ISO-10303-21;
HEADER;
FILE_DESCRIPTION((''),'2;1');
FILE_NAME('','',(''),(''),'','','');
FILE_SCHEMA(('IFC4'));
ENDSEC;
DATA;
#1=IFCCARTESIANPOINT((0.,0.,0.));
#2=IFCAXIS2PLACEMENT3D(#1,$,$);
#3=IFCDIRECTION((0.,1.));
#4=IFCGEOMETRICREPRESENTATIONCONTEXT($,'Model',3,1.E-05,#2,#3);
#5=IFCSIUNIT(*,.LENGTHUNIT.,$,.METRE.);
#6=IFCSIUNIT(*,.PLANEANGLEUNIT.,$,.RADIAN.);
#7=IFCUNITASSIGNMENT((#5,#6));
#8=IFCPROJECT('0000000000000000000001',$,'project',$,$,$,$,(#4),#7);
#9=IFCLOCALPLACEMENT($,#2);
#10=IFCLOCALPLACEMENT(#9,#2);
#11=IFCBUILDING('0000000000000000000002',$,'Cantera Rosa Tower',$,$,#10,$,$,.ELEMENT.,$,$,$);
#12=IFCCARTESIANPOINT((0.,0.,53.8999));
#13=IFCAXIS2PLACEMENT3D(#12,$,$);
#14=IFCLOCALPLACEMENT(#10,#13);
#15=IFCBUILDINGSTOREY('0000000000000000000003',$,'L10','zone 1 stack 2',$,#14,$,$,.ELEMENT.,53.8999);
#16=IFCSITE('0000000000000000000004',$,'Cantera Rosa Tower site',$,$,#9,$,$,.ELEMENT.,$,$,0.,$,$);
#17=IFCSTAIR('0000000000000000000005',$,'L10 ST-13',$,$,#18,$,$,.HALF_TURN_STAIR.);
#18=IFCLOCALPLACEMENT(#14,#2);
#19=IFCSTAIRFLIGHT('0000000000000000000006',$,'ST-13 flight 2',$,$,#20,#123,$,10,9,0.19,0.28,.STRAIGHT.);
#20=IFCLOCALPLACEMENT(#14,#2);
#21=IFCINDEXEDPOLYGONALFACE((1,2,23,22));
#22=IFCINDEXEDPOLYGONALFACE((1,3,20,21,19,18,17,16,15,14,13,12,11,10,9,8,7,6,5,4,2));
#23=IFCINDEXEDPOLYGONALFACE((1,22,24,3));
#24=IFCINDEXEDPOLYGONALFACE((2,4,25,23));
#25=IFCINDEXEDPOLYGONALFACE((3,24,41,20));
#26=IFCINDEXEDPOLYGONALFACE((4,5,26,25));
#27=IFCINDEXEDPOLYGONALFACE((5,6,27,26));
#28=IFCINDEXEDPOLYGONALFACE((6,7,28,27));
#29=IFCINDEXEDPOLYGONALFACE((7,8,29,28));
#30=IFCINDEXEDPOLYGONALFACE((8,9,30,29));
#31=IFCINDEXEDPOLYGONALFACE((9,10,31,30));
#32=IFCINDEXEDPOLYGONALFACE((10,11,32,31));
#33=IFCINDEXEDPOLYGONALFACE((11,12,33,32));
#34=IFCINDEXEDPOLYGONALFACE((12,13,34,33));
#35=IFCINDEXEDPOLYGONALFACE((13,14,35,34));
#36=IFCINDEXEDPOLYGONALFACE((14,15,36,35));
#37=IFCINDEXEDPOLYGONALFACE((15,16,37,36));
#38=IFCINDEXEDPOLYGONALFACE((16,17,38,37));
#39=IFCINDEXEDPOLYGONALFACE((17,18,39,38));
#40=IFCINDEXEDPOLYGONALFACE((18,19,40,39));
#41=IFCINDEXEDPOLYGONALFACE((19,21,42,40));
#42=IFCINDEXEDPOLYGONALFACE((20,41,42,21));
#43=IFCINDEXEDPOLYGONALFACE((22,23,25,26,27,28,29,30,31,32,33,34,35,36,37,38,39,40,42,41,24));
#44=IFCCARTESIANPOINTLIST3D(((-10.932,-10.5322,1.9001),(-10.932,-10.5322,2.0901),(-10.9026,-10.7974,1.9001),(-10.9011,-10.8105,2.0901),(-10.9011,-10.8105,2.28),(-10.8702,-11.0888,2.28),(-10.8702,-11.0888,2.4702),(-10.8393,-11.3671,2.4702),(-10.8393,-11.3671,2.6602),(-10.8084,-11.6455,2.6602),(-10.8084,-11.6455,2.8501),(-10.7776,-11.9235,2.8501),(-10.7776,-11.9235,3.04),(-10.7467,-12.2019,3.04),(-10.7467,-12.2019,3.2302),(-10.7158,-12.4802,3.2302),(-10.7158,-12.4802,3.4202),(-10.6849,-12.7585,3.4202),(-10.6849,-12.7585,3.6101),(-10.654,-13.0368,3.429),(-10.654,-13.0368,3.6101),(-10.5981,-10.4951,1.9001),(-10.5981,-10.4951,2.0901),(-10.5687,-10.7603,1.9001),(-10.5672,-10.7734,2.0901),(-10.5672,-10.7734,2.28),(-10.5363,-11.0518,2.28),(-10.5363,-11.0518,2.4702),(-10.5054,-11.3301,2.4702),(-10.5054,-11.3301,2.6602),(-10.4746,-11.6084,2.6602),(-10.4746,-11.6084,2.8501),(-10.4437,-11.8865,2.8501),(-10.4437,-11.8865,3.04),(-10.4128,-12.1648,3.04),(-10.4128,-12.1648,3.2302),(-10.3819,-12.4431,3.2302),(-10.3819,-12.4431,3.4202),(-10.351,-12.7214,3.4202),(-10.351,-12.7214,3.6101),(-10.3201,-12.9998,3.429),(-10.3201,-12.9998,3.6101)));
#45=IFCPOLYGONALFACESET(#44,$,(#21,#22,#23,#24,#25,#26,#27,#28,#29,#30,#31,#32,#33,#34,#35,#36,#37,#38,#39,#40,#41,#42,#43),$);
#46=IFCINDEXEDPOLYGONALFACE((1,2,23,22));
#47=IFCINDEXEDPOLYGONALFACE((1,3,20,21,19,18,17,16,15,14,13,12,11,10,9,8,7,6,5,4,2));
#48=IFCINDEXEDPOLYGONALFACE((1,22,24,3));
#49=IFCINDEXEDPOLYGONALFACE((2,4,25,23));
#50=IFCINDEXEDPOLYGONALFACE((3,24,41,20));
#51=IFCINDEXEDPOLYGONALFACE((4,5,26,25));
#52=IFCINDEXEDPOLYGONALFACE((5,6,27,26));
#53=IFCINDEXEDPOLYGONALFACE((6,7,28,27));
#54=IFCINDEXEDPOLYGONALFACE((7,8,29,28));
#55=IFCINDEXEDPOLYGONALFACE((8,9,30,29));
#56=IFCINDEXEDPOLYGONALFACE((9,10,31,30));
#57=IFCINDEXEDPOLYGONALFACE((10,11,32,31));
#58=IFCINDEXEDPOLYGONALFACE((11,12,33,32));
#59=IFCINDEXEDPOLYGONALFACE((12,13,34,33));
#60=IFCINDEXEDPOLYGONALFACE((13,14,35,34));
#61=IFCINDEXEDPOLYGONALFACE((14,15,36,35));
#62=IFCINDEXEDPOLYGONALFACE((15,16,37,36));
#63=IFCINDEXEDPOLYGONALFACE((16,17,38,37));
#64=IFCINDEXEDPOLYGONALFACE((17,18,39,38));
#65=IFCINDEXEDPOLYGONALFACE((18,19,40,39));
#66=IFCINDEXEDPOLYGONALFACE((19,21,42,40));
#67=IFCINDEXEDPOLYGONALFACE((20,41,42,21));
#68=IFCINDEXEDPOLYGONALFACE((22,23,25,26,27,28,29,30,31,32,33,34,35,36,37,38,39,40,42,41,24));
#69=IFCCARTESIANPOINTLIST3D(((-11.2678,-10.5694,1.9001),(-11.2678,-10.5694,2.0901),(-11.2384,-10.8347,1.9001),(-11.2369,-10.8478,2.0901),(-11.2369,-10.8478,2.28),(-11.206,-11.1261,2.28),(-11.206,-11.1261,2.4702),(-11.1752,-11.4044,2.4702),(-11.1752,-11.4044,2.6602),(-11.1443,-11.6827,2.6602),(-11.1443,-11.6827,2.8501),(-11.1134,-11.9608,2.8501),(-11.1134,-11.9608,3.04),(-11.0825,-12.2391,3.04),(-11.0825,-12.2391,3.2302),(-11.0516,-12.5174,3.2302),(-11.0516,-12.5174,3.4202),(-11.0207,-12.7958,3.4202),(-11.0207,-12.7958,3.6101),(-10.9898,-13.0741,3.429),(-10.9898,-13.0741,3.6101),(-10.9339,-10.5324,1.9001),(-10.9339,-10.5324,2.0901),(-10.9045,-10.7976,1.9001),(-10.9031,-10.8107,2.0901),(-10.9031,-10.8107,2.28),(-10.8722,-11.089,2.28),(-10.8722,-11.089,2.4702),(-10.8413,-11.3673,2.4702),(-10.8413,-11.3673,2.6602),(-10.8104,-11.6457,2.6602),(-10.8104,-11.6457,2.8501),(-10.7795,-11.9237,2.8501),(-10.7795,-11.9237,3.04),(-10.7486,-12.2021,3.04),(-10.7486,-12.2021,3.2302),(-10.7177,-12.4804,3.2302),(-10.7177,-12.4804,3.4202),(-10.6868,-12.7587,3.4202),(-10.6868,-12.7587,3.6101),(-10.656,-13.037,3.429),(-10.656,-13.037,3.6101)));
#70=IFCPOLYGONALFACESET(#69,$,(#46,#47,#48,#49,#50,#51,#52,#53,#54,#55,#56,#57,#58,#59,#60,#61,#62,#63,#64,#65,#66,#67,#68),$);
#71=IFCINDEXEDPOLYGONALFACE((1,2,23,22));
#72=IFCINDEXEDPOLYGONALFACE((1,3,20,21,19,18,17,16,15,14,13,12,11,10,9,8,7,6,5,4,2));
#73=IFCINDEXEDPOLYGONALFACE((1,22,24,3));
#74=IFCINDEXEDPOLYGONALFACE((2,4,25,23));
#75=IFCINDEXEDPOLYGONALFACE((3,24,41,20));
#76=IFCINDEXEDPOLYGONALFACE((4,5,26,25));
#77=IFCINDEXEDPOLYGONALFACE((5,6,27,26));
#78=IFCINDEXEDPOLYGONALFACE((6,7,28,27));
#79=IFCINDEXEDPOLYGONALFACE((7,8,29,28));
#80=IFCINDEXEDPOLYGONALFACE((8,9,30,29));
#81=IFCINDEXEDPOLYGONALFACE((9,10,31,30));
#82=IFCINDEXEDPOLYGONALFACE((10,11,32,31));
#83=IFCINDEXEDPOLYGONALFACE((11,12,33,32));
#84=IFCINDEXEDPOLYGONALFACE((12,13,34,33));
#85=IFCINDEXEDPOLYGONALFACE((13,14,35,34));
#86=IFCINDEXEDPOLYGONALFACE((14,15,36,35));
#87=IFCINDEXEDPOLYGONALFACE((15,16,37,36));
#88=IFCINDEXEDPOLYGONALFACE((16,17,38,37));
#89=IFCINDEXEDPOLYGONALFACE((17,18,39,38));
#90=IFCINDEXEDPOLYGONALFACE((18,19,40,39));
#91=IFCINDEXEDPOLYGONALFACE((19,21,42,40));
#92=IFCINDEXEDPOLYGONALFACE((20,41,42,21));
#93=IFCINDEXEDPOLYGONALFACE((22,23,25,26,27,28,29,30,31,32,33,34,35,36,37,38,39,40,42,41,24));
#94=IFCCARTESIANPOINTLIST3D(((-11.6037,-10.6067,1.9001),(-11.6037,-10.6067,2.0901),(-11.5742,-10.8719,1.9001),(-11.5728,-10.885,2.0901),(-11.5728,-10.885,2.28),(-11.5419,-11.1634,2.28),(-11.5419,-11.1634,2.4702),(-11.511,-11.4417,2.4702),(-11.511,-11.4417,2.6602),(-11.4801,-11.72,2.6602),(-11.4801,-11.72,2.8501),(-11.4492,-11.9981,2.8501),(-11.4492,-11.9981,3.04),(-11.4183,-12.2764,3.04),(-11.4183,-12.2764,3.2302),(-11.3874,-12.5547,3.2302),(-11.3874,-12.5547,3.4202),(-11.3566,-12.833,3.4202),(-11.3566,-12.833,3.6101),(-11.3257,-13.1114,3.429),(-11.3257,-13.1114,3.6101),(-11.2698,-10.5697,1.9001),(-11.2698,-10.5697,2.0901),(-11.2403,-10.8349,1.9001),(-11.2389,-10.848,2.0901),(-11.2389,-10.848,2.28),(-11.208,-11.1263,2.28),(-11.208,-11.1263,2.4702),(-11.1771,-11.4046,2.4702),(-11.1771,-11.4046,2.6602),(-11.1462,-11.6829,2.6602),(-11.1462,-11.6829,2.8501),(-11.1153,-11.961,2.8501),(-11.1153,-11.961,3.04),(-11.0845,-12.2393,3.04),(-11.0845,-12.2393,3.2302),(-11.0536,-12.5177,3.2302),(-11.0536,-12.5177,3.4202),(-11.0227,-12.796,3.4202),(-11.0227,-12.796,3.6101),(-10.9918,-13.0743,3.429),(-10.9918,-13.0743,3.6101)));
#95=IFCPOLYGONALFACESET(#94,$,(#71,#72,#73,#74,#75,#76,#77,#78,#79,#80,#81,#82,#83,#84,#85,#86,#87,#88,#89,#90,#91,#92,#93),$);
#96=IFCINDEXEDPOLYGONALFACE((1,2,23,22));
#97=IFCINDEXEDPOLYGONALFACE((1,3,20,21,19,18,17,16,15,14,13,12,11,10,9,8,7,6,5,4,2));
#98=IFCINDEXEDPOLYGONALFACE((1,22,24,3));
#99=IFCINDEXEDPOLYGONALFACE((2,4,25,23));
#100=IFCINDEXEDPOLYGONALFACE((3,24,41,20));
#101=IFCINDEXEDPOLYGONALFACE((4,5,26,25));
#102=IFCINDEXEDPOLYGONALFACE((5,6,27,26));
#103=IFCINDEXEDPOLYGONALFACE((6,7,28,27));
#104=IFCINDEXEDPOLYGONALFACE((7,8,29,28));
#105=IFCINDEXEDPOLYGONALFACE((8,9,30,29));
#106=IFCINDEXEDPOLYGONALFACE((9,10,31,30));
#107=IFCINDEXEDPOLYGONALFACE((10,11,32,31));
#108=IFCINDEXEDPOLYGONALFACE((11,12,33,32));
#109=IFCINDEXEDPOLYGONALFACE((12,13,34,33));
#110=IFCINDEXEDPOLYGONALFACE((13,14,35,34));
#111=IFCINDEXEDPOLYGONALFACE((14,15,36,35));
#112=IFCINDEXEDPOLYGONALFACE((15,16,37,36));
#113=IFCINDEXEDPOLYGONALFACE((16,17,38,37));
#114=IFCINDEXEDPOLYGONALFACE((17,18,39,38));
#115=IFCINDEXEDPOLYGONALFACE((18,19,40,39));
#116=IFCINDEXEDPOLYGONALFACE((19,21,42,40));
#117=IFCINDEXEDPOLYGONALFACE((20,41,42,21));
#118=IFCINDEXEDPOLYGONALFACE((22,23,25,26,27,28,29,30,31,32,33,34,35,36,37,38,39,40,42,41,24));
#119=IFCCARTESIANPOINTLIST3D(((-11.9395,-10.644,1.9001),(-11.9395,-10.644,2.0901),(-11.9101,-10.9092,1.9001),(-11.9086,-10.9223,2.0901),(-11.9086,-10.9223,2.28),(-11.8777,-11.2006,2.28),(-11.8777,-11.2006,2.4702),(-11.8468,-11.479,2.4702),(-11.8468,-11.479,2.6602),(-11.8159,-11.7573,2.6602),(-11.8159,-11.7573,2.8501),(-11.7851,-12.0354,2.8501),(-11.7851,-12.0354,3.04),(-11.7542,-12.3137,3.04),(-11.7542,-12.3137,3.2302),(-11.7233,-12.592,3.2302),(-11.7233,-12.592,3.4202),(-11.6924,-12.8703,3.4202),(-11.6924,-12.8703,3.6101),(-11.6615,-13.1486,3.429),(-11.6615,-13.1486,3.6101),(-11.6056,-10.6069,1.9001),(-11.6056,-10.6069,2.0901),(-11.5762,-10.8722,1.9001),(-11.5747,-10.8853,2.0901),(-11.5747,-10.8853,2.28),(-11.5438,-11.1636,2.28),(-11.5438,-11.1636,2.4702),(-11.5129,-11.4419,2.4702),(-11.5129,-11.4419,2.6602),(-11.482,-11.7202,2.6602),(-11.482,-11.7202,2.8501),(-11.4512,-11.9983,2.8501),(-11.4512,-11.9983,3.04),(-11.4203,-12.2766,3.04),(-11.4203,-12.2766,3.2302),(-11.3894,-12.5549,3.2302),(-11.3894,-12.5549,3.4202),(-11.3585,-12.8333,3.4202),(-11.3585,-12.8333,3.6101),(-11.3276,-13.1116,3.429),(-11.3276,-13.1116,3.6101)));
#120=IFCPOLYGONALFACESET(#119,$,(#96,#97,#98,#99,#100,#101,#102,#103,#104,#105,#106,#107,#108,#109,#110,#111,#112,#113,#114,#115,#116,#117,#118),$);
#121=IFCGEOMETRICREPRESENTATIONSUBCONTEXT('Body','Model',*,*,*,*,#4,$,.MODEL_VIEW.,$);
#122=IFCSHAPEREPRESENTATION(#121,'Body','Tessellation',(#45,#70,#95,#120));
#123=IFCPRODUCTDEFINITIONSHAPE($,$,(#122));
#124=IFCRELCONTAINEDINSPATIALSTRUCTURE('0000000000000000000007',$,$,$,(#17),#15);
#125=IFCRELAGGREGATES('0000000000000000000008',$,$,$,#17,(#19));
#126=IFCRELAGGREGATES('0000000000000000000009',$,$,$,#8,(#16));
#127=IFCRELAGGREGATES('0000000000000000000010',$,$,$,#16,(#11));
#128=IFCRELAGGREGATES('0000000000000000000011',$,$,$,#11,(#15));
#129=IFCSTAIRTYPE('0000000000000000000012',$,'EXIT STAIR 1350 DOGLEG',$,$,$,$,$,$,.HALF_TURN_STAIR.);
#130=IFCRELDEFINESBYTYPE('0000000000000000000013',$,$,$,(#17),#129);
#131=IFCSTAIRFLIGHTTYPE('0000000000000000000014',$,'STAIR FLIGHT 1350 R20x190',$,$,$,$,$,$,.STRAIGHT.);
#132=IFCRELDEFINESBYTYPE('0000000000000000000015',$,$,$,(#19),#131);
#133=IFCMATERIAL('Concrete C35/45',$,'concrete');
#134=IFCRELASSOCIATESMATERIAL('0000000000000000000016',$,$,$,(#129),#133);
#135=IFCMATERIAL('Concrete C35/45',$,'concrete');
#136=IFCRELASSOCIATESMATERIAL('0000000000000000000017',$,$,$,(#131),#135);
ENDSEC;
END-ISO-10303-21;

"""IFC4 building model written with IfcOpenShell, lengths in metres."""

from ifc_helpers import new_model, si_unit, direction, frame, origin, place, context, subcontext, project, spatial, polyline, outline, extrude, material, type_object, element, aggregate, save


model = new_model("IFC4")

# Units and contexts
model_context = context("Model", 3, precision=1e-05, world=origin(), true_north=direction((0.0, 1.0)))
body_context = subcontext(model_context, "Body", "Model", "MODEL_VIEW")
ifc_project = project(units=[si_unit("LENGTHUNIT", "METRE"), si_unit("PLANEANGLEUNIT", "RADIAN")], contexts=[model_context])

# Site, building, storey
site_placement = place(None, origin())
site = spatial("IfcSite", under=ifc_project, at=site_placement, Name="Cantera Rosa Tower site", CompositionType="ELEMENT", RefElevation=0.0)
building_placement = place(site_placement, origin())
building = spatial("IfcBuilding", under=site, at=building_placement, Name="Cantera Rosa Tower", CompositionType="ELEMENT")
storey_placement = place(building_placement, frame((0.0, 0.0, 53.8999)))
storey = spatial("IfcBuildingStorey", under=building, at=storey_placement, Name="L10", Description="zone 1 stack 2", CompositionType="ELEMENT", Elevation=53.8999)

# Stair, stair flight
ifc_material_1 = material(Name="Concrete C35/45", Category="concrete")
stair_type = type_object("IfcStairType", Name="EXIT STAIR 1350 DOGLEG", PredefinedType="HALF_TURN_STAIR", material=ifc_material_1)
stair_placement = place(storey_placement, origin())
stair = element("IfcStair", 1, at=stair_placement, inside=storey, type_object=stair_type, Name="L10 ST-13", PredefinedType="HALF_TURN_STAIR")
ifc_material_2 = material(Name="Concrete C35/45", Category="concrete")
stair_flight_type = type_object("IfcStairFlightType", Name="STAIR FLIGHT 1350 R20x190", PredefinedType="STRAIGHT", material=ifc_material_2)
stair_flight_1_placement = place(storey_placement, frame((-11.269, -10.5696, 1.9001), z_axis=(0.0, 0.0, 1.0), x_axis=(0.110313, -0.993897, 0.0)))
stair_flight_1 = element("IfcStairFlight", 2, at=stair_flight_1_placement, type_object=stair_flight_type, Name="ST-13 flight 2", NumberOfRisers=10, NumberOfTreads=9, PredefinedType="STRAIGHT", RiserHeight=0.19, TreadLength=0.28, context=body_context, shape_type="SweptSolid", body=[
    extrude(outline(polyline([(0.0, 0.0), (0.0, 0.1899), (0.28, 0.1899), (0.28, 0.3799), (0.5601, 0.3799), (0.5601, 0.5701), (0.8401, 0.5701), (0.8401, 0.76), (1.1201, 0.76), (1.1201, 0.95), (1.3999, 0.95), (1.3999, 1.1399), (1.6799, 1.1399), (1.6799, 1.3301), (1.96, 1.3301), (1.96, 1.52), (2.24, 1.52), (2.24, 1.71), (2.52, 1.71), (2.52, 1.8999), (2.52, 1.5288), (0.2668, 0.0), (0.0, 0.0)])), frame((0.0, 0.675, 0.0), z_axis=(0.0, -1.0, 0.0), x_axis=(1.0, 0.0, 0.0)), (0.0, 0.0, 1.0), 0.3359),
    extrude(outline(polyline([(0.0, 0.0), (0.0, 0.1899), (0.28, 0.1899), (0.28, 0.3799), (0.5601, 0.3799), (0.5601, 0.5701), (0.8401, 0.5701), (0.8401, 0.76), (1.1201, 0.76), (1.1201, 0.95), (1.3999, 0.95), (1.3999, 1.1399), (1.6799, 1.1399), (1.6799, 1.3301), (1.96, 1.3301), (1.96, 1.52), (2.24, 1.52), (2.24, 1.71), (2.52, 1.71), (2.52, 1.8999), (2.52, 1.5288), (0.2668, 0.0), (0.0, 0.0)])), frame((0.0, 0.3372, 0.0), z_axis=(0.0, -1.0, 0.0), x_axis=(1.0, 0.0, 0.0)), (0.0, 0.0, 1.0), 0.3359),
    extrude(outline(polyline([(0.0, 0.0), (0.0, 0.1899), (0.28, 0.1899), (0.28, 0.3799), (0.5601, 0.3799), (0.5601, 0.5701), (0.8401, 0.5701), (0.8401, 0.76), (1.1201, 0.76), (1.1201, 0.95), (1.3999, 0.95), (1.3999, 1.1399), (1.6799, 1.1399), (1.6799, 1.3301), (1.96, 1.3301), (1.96, 1.52), (2.24, 1.52), (2.24, 1.71), (2.52, 1.71), (2.52, 1.8999), (2.52, 1.5288), (0.2668, 0.0), (0.0, 0.0)])), frame((0.0, -0.0007, 0.0), z_axis=(0.0, -1.0, 0.0), x_axis=(1.0, 0.0, 0.0)), (0.0, 0.0, 1.0), 0.3359),
    extrude(outline(polyline([(0.0, 0.0), (0.0, 0.1899), (0.28, 0.1899), (0.28, 0.3799), (0.5601, 0.3799), (0.5601, 0.5701), (0.8401, 0.5701), (0.8401, 0.76), (1.1201, 0.76), (1.1201, 0.95), (1.3999, 0.95), (1.3999, 1.1399), (1.6799, 1.1399), (1.6799, 1.3301), (1.96, 1.3301), (1.96, 1.52), (2.24, 1.52), (2.24, 1.71), (2.52, 1.71), (2.52, 1.8999), (2.52, 1.5288), (0.2668, 0.0), (0.0, 0.0)])), frame((0.0, -0.3386, 0.0), z_axis=(0.0, -1.0, 0.0), x_axis=(1.0, 0.0, 0.0)), (0.0, 0.0, 1.0), 0.3359),
])
aggregate(stair, [stair_flight_1])

save(model, "model.ifc")
